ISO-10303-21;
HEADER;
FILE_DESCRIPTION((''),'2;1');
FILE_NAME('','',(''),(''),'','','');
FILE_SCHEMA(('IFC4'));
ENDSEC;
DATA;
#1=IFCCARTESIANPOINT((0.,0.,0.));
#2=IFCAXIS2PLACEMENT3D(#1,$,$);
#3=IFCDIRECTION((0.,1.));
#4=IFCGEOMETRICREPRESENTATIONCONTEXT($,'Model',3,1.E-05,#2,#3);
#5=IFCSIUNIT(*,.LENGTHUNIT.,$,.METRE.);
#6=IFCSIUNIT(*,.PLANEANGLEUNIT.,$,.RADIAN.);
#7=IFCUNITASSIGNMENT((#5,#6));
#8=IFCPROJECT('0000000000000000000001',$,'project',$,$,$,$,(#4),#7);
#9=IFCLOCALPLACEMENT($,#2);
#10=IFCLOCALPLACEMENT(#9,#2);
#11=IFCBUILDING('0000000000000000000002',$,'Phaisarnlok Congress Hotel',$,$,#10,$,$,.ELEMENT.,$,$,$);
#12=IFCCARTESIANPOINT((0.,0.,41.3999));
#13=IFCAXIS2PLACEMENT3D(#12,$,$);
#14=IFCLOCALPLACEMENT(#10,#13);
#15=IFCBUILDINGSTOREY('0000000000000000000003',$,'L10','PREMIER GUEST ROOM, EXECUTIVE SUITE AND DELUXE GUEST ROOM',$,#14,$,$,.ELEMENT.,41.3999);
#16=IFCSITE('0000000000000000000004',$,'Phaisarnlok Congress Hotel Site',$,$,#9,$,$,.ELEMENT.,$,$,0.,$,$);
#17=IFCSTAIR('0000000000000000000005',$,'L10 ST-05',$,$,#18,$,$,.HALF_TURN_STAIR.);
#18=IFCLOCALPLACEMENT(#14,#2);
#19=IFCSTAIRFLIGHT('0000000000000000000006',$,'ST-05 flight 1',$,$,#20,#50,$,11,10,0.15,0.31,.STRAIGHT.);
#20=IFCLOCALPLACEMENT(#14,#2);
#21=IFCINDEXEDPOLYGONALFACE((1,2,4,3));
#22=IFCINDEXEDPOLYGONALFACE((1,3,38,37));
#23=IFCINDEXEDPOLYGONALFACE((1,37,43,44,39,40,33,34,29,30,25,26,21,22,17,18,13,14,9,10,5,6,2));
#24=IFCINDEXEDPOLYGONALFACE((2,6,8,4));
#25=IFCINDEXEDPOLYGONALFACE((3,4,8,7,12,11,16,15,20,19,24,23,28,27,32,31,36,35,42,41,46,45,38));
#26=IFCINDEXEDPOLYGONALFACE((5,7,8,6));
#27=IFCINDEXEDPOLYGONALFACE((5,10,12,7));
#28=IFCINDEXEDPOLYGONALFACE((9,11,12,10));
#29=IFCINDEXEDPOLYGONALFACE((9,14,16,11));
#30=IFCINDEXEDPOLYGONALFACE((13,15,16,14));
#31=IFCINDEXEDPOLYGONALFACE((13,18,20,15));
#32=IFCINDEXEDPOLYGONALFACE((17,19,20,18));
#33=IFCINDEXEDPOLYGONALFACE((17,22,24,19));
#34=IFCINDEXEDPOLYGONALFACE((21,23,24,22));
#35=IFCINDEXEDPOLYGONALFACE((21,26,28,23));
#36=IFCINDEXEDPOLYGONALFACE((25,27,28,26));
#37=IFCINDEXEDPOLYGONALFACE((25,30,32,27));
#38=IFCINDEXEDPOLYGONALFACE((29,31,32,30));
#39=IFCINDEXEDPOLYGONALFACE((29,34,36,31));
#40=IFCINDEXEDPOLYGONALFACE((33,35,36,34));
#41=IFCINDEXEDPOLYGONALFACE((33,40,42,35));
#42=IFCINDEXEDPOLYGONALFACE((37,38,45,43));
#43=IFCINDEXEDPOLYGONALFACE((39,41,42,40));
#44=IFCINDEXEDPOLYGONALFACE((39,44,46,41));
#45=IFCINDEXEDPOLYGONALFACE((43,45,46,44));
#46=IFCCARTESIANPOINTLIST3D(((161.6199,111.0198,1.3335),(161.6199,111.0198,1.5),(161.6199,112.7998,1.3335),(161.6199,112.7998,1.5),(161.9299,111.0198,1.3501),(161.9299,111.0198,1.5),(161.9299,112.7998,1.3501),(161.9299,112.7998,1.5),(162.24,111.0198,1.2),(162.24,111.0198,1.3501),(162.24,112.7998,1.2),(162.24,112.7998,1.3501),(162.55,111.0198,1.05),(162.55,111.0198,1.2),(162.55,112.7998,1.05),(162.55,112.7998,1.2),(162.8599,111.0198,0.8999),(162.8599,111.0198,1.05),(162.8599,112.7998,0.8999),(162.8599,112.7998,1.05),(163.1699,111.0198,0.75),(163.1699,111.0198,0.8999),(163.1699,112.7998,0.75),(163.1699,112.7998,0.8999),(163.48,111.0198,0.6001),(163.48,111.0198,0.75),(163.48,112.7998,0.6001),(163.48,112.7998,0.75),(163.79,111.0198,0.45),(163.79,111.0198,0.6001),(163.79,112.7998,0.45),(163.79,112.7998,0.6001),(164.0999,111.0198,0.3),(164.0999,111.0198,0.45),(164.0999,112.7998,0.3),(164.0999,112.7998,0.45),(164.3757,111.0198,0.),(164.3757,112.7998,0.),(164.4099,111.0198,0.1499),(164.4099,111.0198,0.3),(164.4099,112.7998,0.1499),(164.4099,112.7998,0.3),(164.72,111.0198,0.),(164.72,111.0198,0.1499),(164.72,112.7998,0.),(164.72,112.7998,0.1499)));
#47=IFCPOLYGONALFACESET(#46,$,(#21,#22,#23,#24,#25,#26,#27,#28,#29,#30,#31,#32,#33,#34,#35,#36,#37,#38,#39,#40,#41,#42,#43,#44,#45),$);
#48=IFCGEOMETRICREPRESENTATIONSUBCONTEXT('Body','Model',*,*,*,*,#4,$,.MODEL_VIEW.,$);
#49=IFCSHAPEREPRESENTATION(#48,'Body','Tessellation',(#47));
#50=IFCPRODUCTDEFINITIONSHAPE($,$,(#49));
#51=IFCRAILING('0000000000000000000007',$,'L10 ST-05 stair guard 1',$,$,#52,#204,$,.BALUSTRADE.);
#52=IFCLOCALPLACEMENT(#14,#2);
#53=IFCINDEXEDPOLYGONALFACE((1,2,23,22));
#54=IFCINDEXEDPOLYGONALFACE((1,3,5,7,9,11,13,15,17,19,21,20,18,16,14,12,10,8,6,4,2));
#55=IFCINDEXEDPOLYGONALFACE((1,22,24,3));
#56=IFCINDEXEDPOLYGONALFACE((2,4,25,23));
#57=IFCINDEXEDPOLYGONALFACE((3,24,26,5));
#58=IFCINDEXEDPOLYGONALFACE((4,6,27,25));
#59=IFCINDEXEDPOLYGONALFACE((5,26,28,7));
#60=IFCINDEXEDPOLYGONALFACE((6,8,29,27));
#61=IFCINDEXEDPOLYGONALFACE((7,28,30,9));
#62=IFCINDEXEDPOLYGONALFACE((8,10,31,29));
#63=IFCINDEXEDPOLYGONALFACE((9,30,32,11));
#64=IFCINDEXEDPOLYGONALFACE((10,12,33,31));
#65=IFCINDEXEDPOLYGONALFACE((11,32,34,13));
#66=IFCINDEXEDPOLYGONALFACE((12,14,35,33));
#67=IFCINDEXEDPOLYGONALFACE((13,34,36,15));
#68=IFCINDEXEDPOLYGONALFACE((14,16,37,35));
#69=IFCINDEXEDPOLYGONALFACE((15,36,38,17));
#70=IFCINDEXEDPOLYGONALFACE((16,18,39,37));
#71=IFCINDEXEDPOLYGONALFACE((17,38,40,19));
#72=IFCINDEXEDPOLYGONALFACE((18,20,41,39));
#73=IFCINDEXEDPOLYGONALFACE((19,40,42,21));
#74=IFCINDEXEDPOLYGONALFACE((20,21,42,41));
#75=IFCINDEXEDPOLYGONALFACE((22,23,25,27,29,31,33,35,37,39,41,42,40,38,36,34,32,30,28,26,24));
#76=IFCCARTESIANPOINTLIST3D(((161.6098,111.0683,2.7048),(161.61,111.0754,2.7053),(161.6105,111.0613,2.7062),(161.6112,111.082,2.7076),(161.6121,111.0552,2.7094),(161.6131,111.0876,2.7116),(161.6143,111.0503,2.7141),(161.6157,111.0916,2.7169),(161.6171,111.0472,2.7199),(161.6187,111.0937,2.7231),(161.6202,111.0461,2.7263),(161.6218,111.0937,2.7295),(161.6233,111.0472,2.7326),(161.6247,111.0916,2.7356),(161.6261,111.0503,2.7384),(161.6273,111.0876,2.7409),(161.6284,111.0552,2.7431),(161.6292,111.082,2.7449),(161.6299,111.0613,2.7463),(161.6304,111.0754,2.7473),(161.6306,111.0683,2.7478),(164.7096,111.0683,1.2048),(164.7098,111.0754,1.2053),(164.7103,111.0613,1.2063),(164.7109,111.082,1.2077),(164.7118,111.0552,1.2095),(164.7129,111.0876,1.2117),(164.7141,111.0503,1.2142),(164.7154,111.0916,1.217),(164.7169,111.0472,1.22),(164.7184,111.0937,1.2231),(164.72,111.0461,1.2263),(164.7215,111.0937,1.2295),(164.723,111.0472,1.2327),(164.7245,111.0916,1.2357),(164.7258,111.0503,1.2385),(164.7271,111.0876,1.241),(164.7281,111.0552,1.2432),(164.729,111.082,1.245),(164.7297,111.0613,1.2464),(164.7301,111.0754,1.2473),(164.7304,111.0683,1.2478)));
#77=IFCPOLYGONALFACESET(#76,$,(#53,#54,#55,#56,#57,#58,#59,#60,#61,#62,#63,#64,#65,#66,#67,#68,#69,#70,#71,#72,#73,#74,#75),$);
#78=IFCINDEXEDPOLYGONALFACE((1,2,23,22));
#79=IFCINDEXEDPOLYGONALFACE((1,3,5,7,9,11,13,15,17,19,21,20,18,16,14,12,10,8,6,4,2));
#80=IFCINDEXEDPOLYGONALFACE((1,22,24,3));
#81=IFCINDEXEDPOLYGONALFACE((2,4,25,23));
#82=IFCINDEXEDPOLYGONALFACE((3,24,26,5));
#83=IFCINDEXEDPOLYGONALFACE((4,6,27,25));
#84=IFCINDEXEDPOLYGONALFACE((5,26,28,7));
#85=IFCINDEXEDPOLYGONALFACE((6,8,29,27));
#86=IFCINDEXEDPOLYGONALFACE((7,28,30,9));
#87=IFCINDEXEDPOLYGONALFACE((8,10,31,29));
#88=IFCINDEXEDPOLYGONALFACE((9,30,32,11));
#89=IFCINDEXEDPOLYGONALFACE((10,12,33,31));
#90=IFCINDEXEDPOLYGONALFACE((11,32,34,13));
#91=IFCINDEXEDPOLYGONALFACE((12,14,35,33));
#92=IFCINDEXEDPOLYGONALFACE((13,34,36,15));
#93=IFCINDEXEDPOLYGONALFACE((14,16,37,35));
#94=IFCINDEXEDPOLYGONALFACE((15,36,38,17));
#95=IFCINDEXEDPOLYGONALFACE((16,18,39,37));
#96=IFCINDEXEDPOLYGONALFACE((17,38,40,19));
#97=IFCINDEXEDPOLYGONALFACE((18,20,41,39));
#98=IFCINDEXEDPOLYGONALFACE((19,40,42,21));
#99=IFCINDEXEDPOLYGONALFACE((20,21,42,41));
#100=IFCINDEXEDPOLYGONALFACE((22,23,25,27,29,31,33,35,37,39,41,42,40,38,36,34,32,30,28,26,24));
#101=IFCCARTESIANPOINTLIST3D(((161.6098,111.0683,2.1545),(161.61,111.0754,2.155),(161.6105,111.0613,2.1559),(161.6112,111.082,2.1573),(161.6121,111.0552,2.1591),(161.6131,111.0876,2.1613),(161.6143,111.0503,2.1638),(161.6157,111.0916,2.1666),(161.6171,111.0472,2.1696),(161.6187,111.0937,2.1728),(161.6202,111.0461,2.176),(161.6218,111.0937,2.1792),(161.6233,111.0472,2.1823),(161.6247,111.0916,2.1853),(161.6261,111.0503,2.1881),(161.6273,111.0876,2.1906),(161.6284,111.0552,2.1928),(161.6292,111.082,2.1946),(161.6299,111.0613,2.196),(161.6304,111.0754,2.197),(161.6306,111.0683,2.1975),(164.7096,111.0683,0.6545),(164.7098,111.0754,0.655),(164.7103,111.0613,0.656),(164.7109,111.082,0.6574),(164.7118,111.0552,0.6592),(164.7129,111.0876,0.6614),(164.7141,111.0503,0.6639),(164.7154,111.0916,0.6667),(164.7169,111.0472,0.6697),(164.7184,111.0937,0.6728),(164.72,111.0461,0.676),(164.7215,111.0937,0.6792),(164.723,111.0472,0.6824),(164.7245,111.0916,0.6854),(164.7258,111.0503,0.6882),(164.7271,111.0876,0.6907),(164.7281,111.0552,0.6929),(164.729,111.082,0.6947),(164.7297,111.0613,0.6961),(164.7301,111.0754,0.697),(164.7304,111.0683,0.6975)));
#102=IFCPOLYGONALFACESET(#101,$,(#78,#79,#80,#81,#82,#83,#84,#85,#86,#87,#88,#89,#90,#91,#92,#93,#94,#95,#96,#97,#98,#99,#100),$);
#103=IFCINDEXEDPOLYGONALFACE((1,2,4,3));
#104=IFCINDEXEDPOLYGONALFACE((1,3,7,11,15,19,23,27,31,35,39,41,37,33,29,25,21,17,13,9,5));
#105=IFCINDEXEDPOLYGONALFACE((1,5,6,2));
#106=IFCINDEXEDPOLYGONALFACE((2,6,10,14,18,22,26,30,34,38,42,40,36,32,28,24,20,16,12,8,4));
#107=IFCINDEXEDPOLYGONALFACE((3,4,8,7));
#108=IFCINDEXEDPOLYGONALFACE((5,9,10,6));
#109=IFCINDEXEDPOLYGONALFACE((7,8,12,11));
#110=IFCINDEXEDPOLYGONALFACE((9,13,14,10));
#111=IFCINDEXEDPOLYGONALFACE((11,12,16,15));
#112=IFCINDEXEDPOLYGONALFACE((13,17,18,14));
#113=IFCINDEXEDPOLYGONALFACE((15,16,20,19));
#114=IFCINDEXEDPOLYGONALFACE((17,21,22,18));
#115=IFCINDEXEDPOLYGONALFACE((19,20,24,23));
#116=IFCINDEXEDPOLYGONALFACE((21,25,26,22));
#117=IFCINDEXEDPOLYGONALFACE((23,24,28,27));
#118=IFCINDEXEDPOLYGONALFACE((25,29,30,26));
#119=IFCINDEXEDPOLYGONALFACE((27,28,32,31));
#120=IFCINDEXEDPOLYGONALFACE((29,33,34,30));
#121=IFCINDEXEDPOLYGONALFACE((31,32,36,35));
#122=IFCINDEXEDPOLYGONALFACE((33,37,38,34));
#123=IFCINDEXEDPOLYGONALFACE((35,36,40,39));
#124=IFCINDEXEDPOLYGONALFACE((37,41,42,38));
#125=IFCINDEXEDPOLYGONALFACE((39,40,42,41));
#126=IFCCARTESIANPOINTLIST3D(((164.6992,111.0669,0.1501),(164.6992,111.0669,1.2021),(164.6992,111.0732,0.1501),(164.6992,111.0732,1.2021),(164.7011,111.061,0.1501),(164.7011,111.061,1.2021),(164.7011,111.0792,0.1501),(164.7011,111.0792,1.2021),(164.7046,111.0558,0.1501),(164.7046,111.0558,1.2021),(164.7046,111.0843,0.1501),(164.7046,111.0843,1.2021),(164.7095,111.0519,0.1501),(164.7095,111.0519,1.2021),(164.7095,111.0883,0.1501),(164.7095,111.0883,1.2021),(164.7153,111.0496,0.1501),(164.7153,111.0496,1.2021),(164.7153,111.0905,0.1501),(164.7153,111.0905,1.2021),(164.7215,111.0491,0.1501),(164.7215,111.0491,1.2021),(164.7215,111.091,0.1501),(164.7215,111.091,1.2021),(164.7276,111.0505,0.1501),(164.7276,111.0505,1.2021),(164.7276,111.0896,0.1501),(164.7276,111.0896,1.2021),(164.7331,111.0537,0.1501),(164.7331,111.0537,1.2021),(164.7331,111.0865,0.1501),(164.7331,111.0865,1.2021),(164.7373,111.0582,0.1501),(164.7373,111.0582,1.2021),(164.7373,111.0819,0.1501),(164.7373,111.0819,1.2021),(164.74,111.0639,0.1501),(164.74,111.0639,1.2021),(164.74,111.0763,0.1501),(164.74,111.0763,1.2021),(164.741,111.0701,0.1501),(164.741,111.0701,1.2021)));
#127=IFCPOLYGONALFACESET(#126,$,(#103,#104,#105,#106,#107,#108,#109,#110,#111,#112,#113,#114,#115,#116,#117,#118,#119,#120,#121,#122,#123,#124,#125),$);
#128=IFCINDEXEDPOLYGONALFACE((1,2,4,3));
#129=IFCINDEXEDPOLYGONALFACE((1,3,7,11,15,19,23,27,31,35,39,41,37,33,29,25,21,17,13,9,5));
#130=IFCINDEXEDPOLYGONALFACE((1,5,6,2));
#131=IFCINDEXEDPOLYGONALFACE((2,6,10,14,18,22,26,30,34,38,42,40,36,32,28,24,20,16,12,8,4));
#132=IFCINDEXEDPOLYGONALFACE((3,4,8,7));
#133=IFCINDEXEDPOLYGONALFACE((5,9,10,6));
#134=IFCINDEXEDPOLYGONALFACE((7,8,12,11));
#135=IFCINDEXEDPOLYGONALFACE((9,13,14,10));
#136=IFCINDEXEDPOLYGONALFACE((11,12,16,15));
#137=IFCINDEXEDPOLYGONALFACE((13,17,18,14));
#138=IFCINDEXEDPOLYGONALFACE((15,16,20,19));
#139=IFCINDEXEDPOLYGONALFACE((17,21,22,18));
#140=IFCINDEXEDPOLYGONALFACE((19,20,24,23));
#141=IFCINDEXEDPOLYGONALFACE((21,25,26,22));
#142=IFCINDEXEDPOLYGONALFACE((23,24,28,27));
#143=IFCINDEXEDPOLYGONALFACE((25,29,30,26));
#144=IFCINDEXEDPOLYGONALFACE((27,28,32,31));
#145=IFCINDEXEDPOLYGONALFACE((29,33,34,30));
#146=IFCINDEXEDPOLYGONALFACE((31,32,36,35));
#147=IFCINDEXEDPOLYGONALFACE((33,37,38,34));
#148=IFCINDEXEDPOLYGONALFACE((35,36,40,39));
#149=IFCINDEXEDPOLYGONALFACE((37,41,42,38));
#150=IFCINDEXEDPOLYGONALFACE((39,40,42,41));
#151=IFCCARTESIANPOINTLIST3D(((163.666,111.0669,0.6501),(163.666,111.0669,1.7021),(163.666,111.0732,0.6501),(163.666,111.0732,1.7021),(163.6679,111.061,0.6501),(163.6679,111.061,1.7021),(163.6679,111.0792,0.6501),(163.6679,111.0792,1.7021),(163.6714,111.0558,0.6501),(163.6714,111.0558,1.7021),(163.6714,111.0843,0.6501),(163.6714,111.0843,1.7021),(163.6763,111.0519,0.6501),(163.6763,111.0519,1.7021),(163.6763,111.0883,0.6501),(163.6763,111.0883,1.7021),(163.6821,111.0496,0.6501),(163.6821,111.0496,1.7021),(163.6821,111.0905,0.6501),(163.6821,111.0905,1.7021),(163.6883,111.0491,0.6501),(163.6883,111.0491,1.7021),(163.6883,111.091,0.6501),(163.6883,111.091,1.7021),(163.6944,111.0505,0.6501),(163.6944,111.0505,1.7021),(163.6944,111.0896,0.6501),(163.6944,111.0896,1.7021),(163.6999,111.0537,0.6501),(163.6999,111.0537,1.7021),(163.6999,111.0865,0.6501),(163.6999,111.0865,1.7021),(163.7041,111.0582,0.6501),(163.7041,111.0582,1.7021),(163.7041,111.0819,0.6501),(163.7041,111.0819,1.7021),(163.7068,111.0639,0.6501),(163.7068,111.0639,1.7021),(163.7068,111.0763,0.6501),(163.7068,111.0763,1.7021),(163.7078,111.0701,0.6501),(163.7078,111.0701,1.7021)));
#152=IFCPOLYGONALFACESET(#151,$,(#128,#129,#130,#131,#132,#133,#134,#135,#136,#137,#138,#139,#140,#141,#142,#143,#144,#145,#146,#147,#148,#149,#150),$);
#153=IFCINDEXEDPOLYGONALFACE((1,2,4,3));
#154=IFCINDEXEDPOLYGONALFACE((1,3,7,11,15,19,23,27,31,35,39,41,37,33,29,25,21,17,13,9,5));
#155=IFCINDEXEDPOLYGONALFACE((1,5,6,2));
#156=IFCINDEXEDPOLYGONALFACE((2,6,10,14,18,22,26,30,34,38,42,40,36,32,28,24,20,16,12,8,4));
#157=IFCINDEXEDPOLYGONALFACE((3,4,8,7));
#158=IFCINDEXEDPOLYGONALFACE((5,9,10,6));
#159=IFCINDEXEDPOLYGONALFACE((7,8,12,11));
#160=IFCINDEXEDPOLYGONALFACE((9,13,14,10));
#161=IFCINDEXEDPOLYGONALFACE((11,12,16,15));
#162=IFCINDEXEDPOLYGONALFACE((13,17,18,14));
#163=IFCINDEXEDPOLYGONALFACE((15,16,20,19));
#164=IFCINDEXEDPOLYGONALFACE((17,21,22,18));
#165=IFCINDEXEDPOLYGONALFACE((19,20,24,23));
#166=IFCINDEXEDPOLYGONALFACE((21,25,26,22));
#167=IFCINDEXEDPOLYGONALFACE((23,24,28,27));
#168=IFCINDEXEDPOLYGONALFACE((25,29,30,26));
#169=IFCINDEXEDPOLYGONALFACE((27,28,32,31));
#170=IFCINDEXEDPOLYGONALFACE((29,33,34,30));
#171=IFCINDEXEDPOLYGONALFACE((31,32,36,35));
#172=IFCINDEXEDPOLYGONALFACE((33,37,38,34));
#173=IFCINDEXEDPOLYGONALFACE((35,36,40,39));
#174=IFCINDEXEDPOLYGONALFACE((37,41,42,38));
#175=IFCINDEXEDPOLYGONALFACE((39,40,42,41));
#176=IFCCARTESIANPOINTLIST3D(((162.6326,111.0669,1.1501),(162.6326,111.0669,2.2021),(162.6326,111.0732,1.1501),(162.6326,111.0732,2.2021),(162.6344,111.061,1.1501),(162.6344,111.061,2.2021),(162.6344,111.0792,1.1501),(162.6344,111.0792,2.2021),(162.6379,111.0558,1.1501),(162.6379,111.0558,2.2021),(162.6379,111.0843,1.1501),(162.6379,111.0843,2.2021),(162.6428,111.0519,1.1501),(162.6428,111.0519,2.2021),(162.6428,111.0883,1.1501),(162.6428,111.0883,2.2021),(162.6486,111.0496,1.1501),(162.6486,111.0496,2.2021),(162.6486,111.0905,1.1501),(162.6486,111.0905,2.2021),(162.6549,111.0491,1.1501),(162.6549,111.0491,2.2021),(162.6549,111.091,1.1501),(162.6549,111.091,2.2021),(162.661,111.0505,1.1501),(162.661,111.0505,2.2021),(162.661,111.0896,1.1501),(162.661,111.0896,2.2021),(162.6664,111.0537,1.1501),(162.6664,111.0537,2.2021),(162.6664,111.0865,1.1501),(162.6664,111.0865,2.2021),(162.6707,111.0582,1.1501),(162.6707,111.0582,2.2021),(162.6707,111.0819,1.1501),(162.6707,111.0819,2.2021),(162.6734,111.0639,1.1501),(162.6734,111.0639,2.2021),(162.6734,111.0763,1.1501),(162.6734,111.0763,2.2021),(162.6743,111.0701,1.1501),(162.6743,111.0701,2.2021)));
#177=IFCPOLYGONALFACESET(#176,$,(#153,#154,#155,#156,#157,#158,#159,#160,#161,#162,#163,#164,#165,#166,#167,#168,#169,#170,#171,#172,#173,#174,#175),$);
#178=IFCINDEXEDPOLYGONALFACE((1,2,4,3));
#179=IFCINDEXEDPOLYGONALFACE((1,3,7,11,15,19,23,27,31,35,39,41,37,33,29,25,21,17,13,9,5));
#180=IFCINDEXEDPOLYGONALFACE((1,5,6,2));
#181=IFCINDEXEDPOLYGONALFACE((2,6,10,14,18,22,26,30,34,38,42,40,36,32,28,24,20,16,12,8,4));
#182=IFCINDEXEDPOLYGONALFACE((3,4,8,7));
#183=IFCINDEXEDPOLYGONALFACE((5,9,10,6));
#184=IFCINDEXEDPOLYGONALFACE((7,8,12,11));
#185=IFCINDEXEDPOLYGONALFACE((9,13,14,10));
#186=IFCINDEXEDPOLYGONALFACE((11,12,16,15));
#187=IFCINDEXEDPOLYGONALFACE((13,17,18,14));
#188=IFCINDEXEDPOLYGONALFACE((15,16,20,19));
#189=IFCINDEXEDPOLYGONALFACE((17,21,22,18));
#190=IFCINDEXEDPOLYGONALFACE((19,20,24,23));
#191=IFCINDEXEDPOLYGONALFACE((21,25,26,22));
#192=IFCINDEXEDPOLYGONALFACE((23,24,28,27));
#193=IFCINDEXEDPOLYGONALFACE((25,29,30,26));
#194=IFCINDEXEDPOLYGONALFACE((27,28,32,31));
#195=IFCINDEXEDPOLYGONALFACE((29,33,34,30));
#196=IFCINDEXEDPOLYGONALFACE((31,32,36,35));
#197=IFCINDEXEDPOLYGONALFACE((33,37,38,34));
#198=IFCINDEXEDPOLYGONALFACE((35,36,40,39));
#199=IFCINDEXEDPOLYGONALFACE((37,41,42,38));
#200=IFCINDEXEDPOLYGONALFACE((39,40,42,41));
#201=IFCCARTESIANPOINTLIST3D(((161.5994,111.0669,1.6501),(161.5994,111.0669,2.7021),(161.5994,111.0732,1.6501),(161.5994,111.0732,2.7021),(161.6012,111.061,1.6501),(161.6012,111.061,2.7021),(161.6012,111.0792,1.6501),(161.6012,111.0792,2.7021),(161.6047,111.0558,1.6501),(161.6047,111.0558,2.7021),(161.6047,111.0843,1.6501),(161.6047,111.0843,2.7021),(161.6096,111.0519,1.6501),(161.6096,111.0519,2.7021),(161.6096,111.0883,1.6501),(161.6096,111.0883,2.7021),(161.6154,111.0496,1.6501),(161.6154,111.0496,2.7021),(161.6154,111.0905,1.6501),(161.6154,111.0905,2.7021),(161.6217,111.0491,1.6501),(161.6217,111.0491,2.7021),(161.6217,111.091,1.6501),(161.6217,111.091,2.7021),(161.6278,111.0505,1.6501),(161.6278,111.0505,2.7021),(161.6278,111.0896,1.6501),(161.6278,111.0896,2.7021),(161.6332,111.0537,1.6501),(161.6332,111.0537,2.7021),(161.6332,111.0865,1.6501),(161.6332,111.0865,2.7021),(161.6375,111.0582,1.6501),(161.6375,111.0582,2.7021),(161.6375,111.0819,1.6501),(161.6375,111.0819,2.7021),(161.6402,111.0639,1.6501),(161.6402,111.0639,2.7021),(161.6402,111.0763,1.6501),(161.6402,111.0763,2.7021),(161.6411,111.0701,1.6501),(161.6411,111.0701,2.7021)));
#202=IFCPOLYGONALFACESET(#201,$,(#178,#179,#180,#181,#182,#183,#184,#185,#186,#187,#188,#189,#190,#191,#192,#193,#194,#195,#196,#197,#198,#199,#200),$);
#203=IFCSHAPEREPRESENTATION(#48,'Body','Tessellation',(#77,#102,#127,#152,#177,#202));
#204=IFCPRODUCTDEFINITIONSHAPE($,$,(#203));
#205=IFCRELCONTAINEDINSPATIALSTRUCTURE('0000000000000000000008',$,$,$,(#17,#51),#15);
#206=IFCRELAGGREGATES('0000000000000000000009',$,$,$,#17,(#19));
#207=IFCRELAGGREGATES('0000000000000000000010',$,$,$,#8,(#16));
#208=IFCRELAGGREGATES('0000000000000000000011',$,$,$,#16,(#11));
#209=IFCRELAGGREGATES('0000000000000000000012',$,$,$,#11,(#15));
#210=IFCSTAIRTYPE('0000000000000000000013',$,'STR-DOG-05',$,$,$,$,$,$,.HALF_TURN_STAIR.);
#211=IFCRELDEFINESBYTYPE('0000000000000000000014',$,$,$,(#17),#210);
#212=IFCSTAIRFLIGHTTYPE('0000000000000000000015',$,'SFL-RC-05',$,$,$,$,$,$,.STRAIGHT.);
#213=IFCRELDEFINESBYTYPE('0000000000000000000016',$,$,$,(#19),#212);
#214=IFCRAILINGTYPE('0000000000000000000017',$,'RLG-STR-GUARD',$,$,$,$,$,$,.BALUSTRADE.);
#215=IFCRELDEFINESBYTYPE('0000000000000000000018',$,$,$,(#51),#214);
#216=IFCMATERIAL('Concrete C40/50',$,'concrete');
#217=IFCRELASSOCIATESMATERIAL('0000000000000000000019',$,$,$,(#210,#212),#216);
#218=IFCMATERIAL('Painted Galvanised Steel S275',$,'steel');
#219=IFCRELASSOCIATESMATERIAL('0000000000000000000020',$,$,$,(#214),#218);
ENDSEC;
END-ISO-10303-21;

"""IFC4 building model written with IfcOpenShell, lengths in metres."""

from ifc_helpers import new_model, si_unit, direction, frame, origin, origin_2d, place, context, subcontext, project, spatial, polyline, circle, outline, extrude, material, type_object, element, aggregate, save


model = new_model("IFC4")

# Units and contexts
model_context = context("Model", 3, precision=1e-05, world=origin(), true_north=direction((0.0, 1.0)))
body_context = subcontext(model_context, "Body", "Model", "MODEL_VIEW")
ifc_project = project(units=[si_unit("LENGTHUNIT", "METRE"), si_unit("PLANEANGLEUNIT", "RADIAN")], contexts=[model_context])

# Site, building, storey
site_placement = place(None, origin())
site = spatial("IfcSite", under=ifc_project, at=site_placement, Name="Phaisarnlok Congress Hotel Site", CompositionType="ELEMENT", RefElevation=0.0)
building_placement = place(site_placement, origin())
building = spatial("IfcBuilding", under=site, at=building_placement, Name="Phaisarnlok Congress Hotel", CompositionType="ELEMENT")
storey_placement = place(building_placement, frame((0.0, 0.0, 41.3999)))
storey = spatial("IfcBuildingStorey", under=building, at=storey_placement, Name="L10", Description="PREMIER GUEST ROOM, EXECUTIVE SUITE AND DELUXE GUEST ROOM", CompositionType="ELEMENT", Elevation=41.3999)

# Shared definitions
ifc_material_1 = material(Name="Concrete C40/50", Category="concrete")

# Stair, stair flight
stair_type = type_object("IfcStairType", Name="STR-DOG-05", PredefinedType="HALF_TURN_STAIR", material=ifc_material_1)
stair_placement = place(storey_placement, origin())
stair = element("IfcStair", 1, at=stair_placement, inside=storey, type_object=stair_type, Name="L10 ST-05", PredefinedType="HALF_TURN_STAIR")
stair_flight_type = type_object("IfcStairFlightType", Name="SFL-RC-05", PredefinedType="STRAIGHT", material=ifc_material_1)
stair_flight_placement = place(storey_placement, frame((164.72, 111.9099, 0.0), z_axis=(0.0, 0.0, 1.0), x_axis=(-1.0, 0.0, 0.0)))
stair_flight = element("IfcStairFlight", 2, at=stair_flight_placement, type_object=stair_flight_type, Name="ST-05 flight 1", NumberOfRisers=11, NumberOfTreads=10, PredefinedType="STRAIGHT", RiserHeight=0.15, TreadLength=0.31, context=body_context, shape_type="SweptSolid", body=[
    extrude(outline(polyline([(0.0, 0.0), (0.0, 0.1499), (0.3101, 0.1499), (0.3101, 0.3), (0.6201, 0.3), (0.6201, 0.45), (0.9299, 0.45), (0.9299, 0.6001), (1.24, 0.6001), (1.24, 0.75), (1.55, 0.75), (1.55, 0.8999), (1.8601, 0.8999), (1.8601, 1.05), (2.1699, 1.05), (2.1699, 1.2), (2.48, 1.2), (2.48, 1.3501), (2.79, 1.3501), (2.79, 1.5), (3.1001, 1.5), (3.1001, 1.6499), (3.1001, 1.3335), (0.3442, 0.0), (0.0, 0.0)])), frame((0.0, 0.8901, 0.0), z_axis=(0.0, -1.0, 0.0), x_axis=(1.0, 0.0, 0.0)), (0.0, 0.0, 1.0), 1.78),
])
aggregate(stair, [stair_flight])

# Railing
ifc_material_2 = material(Name="Painted Galvanised Steel S275", Category="steel")
railing_type_1 = type_object("IfcRailingType", Name="RLG-STR-GUARD", PredefinedType="BALUSTRADE", material=ifc_material_2)
railing_1_placement = place(storey_placement, frame((164.72, 111.0701, 0.1501)))
element("IfcRailing", 3, at=railing_1_placement, inside=storey, type_object=railing_type_1, Name="L10 ST-05 stair guard 1", PredefinedType="BALUSTRADE", context=body_context, shape_type="SweptSolid", body=[
    extrude(circle(Radius=0.0239, at=origin_2d()), frame((0.0, 0.0, 1.0762), z_axis=(-0.900151, 0.0, 0.435578), x_axis=(0.0, -1.0, 0.0)), (0.0, 0.0, 1.0), 3.4436),
    extrude(circle(Radius=0.0239, at=origin_2d()), frame((0.0, 0.0, 0.5259), z_axis=(-0.900151, 0.0, 0.435578), x_axis=(0.0, -1.0, 0.0)), (0.0, 0.0, 1.0), 3.4436),
    extrude(circle(Radius=0.021, at=origin_2d()), origin(), (0.0, 0.0, 1.0), 1.052),
    extrude(circle(Radius=0.021, at=origin_2d()), frame((-1.0332, 0.0, 0.5)), (0.0, 0.0, 1.0), 1.052),
    extrude(circle(Radius=0.021, at=origin_2d()), frame((-2.0667, 0.0, 1.0)), (0.0, 0.0, 1.0), 1.052),
    extrude(circle(Radius=0.021, at=origin_2d()), frame((-3.0999, 0.0, 1.5)), (0.0, 0.0, 1.0), 1.052),
])

save(model, "model.ifc")
